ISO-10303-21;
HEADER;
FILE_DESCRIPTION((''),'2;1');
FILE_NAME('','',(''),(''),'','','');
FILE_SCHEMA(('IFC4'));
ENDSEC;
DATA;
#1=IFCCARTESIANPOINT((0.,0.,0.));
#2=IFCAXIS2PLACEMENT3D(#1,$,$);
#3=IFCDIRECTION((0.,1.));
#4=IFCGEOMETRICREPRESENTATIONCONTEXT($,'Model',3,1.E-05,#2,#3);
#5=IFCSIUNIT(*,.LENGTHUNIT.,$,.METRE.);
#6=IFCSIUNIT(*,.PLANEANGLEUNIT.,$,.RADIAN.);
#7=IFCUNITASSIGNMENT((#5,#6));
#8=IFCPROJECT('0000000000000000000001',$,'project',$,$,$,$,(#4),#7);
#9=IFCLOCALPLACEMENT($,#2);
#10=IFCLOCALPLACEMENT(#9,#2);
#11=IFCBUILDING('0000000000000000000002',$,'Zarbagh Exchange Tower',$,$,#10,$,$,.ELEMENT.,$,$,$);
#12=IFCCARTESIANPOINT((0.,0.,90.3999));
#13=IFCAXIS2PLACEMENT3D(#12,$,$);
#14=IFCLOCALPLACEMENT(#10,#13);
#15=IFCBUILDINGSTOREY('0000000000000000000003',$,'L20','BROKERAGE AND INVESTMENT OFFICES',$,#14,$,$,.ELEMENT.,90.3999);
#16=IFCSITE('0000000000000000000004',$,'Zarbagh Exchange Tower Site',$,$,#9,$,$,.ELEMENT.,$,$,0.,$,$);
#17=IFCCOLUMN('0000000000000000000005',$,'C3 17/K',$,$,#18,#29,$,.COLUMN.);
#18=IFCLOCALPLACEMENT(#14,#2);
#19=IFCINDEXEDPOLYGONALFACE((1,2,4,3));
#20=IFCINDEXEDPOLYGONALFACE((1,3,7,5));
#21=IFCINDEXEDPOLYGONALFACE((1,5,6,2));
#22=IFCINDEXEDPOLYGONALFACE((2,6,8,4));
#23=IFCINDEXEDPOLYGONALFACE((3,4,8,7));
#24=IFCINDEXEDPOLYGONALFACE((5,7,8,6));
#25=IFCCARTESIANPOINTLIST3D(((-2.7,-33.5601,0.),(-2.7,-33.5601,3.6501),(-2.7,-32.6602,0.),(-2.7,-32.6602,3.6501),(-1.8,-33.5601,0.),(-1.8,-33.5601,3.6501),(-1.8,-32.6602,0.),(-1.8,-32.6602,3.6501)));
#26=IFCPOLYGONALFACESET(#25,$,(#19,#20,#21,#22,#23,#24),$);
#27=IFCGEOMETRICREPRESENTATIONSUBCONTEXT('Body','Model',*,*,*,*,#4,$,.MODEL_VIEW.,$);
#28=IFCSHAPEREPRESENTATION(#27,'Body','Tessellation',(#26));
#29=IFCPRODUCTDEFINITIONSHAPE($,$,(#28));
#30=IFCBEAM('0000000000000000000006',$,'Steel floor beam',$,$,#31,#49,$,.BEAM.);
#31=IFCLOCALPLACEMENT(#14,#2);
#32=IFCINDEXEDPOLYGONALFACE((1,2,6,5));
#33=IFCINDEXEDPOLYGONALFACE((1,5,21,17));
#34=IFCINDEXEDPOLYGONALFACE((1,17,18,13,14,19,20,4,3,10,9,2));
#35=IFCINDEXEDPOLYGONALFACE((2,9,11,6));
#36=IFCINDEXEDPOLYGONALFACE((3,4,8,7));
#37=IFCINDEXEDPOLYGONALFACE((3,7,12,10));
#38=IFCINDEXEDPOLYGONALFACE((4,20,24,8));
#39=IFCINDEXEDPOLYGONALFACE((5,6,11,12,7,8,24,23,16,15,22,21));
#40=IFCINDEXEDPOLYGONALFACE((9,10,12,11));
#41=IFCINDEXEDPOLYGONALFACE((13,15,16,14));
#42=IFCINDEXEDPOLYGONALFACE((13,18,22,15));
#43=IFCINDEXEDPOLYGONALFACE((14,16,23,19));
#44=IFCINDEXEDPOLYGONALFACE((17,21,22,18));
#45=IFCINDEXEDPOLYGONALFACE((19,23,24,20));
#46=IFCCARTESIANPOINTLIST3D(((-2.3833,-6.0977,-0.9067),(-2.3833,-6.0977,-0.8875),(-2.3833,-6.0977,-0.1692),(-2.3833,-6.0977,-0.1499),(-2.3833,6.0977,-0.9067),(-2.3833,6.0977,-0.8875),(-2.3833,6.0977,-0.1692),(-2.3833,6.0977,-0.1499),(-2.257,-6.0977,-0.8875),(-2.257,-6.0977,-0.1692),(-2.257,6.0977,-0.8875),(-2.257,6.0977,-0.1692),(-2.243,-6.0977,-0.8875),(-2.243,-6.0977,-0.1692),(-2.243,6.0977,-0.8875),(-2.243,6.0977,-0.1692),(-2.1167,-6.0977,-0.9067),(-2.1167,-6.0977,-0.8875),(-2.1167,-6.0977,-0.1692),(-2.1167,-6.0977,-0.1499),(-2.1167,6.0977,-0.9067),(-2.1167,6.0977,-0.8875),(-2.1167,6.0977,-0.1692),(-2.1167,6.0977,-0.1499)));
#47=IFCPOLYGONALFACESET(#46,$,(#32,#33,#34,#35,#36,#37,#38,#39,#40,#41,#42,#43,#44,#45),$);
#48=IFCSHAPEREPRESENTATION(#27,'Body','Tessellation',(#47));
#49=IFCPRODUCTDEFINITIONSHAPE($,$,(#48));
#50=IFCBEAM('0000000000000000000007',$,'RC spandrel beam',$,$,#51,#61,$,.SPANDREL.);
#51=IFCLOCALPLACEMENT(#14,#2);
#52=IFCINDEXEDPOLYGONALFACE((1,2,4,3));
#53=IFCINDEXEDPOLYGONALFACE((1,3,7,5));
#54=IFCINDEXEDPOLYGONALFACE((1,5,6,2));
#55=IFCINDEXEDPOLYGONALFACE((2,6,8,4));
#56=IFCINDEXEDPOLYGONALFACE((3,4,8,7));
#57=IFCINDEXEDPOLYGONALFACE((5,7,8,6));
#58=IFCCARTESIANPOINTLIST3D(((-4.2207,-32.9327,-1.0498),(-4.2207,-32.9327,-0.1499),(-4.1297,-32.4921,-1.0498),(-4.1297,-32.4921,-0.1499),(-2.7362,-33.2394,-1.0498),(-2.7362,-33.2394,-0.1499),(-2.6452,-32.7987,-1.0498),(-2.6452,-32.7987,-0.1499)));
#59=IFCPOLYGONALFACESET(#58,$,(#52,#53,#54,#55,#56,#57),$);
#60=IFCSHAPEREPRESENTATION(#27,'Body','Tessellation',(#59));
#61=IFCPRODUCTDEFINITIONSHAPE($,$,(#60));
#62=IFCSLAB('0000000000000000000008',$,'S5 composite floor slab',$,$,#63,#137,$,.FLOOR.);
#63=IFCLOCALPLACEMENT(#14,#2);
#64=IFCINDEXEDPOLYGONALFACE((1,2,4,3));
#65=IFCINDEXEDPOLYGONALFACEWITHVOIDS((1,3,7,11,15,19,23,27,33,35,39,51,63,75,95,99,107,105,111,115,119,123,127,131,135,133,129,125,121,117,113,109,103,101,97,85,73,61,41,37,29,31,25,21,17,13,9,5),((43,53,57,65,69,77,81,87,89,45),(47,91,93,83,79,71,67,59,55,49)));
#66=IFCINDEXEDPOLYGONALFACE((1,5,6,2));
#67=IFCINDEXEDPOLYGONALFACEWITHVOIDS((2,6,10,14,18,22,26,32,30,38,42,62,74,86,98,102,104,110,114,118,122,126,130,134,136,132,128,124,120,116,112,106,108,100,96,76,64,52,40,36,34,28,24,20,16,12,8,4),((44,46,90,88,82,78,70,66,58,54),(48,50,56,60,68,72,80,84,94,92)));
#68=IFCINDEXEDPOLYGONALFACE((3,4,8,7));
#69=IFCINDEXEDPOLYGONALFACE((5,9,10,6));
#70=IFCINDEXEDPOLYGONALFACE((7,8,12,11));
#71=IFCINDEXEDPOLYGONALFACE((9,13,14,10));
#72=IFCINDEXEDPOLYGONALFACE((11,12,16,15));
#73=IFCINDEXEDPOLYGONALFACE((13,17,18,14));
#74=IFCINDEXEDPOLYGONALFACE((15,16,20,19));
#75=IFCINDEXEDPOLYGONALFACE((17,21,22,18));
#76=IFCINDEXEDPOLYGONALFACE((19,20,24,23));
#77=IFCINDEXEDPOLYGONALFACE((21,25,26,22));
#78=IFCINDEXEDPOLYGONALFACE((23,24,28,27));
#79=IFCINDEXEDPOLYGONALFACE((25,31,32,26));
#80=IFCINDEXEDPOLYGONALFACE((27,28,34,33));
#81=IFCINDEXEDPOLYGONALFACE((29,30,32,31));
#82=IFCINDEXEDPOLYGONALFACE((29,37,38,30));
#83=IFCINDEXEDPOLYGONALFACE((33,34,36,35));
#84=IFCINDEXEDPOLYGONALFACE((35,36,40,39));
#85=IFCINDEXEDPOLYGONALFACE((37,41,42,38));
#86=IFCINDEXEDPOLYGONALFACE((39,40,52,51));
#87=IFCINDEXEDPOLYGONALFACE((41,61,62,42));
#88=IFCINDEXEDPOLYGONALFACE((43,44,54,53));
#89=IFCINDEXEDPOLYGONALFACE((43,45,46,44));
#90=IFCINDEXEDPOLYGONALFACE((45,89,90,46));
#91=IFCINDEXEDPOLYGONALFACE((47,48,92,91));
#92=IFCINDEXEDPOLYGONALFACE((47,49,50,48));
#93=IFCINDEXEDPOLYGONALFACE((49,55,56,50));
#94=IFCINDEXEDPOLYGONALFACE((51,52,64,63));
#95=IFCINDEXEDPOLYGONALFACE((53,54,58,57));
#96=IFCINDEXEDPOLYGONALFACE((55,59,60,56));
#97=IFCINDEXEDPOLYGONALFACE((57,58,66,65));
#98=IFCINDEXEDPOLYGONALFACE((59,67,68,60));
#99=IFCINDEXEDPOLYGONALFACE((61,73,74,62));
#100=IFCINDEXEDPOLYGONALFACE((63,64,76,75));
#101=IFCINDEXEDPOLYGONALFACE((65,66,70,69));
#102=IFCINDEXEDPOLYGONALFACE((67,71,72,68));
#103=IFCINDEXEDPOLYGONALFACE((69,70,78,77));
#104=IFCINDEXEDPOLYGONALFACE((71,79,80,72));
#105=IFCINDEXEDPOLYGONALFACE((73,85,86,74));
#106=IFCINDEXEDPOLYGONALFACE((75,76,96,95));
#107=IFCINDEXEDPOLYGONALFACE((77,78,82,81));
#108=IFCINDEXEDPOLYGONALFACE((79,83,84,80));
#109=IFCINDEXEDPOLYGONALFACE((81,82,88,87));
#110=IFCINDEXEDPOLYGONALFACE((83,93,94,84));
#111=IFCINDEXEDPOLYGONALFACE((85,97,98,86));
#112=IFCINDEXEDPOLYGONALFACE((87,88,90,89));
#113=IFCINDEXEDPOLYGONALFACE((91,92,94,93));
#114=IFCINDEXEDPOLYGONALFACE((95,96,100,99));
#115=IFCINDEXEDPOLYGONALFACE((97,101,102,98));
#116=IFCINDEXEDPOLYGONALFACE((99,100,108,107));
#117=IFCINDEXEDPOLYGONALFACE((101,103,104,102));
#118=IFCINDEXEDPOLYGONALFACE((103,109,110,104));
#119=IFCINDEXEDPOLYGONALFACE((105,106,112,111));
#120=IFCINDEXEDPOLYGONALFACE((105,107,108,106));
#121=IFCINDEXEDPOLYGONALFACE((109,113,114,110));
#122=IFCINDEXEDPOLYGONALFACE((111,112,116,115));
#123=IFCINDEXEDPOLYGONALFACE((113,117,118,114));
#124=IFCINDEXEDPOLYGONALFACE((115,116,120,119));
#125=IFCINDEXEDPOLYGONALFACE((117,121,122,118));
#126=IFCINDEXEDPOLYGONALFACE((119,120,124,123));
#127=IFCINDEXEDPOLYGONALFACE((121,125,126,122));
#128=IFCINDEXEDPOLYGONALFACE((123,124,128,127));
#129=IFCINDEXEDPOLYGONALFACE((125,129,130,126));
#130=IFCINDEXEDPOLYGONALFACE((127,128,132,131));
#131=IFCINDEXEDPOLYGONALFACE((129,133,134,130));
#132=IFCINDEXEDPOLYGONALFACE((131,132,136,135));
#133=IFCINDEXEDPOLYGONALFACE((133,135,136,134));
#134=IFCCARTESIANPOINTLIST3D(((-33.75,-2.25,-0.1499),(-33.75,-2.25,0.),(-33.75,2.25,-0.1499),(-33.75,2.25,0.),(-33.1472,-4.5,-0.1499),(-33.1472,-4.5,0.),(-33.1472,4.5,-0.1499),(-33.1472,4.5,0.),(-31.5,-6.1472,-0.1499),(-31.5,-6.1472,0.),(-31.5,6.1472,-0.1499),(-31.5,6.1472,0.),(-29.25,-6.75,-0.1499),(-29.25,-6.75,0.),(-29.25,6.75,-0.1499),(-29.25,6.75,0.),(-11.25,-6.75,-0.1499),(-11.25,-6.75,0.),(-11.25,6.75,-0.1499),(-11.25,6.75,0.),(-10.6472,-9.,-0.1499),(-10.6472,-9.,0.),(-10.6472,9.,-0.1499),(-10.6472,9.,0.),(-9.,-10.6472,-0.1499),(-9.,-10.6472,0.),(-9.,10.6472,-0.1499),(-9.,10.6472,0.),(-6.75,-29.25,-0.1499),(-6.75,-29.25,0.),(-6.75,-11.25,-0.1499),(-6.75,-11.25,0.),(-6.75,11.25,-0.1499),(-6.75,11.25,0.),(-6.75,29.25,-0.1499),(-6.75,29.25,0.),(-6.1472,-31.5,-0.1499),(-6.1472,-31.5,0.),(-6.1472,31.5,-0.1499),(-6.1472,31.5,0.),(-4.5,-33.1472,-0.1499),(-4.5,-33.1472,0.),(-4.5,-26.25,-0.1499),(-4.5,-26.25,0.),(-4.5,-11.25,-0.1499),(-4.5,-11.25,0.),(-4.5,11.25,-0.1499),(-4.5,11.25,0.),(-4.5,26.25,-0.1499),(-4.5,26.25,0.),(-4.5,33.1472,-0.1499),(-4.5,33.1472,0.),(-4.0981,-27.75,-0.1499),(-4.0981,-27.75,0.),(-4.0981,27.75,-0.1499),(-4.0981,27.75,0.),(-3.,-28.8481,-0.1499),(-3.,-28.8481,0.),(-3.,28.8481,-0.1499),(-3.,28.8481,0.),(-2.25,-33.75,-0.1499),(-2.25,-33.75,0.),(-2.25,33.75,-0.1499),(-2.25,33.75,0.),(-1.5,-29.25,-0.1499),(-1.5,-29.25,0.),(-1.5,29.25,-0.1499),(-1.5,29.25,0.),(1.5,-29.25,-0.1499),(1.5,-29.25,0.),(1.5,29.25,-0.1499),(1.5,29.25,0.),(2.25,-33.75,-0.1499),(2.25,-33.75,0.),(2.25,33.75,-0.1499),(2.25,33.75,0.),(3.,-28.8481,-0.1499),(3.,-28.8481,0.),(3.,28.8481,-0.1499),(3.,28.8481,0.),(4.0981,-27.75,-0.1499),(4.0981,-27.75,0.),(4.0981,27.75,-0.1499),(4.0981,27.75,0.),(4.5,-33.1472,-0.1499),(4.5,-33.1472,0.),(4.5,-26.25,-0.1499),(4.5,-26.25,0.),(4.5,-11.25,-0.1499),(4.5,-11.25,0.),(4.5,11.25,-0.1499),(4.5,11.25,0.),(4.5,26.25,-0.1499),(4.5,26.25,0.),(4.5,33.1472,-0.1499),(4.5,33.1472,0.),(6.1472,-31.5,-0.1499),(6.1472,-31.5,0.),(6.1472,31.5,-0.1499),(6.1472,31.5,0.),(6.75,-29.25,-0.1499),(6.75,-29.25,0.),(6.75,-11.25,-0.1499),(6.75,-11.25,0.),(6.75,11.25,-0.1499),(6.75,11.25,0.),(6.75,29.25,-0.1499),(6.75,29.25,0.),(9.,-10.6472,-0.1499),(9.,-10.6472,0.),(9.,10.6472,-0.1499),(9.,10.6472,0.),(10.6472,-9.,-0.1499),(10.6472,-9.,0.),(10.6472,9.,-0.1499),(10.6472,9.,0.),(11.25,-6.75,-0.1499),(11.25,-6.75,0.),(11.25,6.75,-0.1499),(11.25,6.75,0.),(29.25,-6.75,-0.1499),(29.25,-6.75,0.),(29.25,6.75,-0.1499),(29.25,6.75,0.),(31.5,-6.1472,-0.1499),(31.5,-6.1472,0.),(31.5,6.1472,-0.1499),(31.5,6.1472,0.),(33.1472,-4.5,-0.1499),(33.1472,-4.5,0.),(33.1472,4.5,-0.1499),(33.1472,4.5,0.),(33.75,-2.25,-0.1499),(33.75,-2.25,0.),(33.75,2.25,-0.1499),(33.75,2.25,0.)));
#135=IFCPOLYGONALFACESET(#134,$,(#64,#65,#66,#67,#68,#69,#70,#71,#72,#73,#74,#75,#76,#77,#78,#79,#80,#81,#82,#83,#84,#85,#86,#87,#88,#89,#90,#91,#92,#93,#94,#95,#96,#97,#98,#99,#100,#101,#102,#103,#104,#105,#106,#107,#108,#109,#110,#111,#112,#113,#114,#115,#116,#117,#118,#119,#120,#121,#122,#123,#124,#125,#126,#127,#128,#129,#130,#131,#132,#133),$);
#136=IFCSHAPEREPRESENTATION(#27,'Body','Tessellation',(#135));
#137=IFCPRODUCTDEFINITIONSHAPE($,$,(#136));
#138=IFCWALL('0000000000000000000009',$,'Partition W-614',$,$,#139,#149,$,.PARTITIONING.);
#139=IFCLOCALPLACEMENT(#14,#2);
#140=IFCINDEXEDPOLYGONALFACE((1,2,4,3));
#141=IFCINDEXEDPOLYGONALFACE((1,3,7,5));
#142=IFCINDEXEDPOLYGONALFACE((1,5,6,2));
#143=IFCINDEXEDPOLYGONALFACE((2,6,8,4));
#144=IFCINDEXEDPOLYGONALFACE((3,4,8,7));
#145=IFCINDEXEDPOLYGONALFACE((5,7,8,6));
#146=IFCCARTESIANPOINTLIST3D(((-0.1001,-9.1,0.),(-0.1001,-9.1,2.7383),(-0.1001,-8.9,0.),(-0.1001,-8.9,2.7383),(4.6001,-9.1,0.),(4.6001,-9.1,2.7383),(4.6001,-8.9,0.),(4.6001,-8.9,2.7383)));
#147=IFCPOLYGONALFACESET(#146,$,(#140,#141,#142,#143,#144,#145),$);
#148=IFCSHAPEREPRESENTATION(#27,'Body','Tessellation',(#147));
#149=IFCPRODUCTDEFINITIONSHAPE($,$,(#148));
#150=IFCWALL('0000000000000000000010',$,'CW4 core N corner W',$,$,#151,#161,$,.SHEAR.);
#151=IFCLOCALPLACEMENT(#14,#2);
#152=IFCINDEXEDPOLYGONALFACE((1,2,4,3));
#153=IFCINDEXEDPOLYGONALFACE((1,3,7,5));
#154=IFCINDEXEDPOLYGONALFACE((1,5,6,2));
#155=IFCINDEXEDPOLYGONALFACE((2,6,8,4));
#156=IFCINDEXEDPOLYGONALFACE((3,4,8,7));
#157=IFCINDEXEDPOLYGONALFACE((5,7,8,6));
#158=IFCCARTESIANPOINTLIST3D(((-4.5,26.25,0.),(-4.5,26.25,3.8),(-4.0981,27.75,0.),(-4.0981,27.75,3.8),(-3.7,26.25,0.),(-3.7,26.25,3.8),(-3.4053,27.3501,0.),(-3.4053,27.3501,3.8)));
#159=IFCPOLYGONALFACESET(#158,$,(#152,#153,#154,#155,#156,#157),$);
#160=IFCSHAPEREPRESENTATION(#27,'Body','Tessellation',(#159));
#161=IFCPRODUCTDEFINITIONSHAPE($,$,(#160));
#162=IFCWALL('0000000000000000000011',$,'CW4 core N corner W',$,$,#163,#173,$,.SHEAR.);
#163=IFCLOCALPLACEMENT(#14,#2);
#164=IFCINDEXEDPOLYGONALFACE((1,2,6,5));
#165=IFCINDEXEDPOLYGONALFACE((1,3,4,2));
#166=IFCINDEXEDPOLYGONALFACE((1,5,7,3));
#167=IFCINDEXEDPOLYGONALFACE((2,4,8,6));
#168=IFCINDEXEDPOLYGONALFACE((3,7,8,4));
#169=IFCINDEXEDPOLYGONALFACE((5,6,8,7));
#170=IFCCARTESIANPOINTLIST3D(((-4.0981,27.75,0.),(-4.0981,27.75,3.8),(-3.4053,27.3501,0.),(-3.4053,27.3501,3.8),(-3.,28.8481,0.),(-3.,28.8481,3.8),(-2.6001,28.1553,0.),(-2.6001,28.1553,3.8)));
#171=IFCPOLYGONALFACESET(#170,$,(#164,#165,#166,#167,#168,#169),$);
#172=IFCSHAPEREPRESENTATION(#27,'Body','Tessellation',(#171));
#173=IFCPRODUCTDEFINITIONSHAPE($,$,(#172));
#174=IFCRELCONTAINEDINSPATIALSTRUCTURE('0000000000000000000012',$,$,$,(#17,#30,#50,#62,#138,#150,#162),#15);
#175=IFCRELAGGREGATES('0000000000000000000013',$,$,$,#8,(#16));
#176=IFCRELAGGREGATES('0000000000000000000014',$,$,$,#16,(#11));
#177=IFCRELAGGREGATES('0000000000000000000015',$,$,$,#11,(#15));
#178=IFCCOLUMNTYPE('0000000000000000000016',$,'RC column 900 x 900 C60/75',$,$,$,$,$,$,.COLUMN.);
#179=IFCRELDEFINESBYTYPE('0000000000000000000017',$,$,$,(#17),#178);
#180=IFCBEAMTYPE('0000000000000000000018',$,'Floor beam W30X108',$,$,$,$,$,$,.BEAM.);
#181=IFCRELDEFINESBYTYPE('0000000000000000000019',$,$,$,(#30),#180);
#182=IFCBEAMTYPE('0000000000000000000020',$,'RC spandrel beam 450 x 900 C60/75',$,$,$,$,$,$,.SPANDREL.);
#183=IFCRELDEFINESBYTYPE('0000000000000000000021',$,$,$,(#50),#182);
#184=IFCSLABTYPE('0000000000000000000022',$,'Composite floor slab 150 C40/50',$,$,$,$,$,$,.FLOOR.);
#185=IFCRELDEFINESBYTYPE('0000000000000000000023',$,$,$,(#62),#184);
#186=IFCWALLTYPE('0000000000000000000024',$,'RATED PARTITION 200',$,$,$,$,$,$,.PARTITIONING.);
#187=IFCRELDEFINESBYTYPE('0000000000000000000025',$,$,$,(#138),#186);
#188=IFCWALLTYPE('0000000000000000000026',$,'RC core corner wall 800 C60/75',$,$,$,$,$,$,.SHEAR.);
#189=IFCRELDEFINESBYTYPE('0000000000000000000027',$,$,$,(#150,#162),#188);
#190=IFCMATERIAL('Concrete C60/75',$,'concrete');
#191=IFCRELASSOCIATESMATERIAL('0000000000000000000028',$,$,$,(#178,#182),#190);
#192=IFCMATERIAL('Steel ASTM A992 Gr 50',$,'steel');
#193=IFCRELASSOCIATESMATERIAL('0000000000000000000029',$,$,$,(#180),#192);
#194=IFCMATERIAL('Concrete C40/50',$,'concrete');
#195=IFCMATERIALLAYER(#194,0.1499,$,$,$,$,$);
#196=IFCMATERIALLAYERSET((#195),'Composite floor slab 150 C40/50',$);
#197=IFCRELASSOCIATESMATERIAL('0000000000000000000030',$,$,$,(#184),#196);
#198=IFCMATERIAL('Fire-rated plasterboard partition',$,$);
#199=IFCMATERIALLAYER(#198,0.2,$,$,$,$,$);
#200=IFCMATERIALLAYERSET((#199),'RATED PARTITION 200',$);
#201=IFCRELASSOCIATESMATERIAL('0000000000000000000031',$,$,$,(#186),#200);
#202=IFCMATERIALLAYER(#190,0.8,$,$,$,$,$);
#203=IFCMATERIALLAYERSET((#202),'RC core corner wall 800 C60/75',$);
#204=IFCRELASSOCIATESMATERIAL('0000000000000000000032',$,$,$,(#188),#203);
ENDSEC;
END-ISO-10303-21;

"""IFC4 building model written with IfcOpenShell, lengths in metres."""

from ifc_helpers import new_model, si_unit, direction, frame, frame_2d, origin, origin_2d, place, context, subcontext, project, spatial, polyline, rectangle, i_section, outline, extrude, material, layer, layer_set, material_profile, profile_set, type_object, element, save


model = new_model("IFC4")

# Units and contexts
model_context = context("Model", 3, precision=1e-05, world=origin(), true_north=direction((0.0, 1.0)))
body_context = subcontext(model_context, "Body", "Model", "MODEL_VIEW")
ifc_project = project(units=[si_unit("LENGTHUNIT", "METRE"), si_unit("PLANEANGLEUNIT", "RADIAN")], contexts=[model_context])

# Site, building, storey
site_placement = place(None, origin())
site = spatial("IfcSite", under=ifc_project, at=site_placement, Name="Zarbagh Exchange Tower Site", CompositionType="ELEMENT", RefElevation=0.0)
building_placement = place(site_placement, origin())
building = spatial("IfcBuilding", under=site, at=building_placement, Name="Zarbagh Exchange Tower", CompositionType="ELEMENT")
storey_placement = place(building_placement, frame((0.0, 0.0, 90.3999)))
storey = spatial("IfcBuildingStorey", under=building, at=storey_placement, Name="L20", Description="BROKERAGE AND INVESTMENT OFFICES", CompositionType="ELEMENT", Elevation=90.3999)

# Column
ifc_material_1 = material(Name="Concrete C60/75", Category="concrete")
ifc_material_profile_1 = material_profile(ifc_material_1, rectangle(XDim=0.8999, YDim=0.8999, at=origin_2d()), Name="RC column 900 x 900 C60/75")
ifc_profile_set_1 = profile_set([ifc_material_profile_1], Name="Concrete C60/75")
column_type = type_object("IfcColumnType", Name="RC column 900 x 900 C60/75", PredefinedType="COLUMN", material=ifc_profile_set_1)
column_placement = place(storey_placement, frame((-2.25, -33.1101, 0.0), z_axis=(0.0, 0.0, 1.0), x_axis=(1.0, 0.0, 0.0)))
element("IfcColumn", 1, at=column_placement, inside=storey, type_object=column_type, Name="C3 17/K", PredefinedType="COLUMN", context=body_context, shape_type="SweptSolid", body=[
    extrude(rectangle(XDim=0.8999, YDim=0.8999, at=origin_2d()), origin(), (0.0, 0.0, 1.0), 3.6501),
])

# Beams
ifc_material_2 = material(Name="Steel ASTM A992 Gr 50", Category="steel")
ifc_material_profile_2 = material_profile(ifc_material_2, i_section(OverallWidth=0.2666, OverallDepth=0.7568, WebThickness=0.0139, FlangeThickness=0.0193, at=origin_2d()), Name="W30X108")
ifc_profile_set_2 = profile_set([ifc_material_profile_2], Name="Steel ASTM A992 Gr 50")
beam_type_1 = type_object("IfcBeamType", Name="Floor beam W30X108", PredefinedType="BEAM", material=ifc_profile_set_2)
beam_1_placement = place(storey_placement, frame((-2.25, -6.0977, -0.5283), z_axis=(0.0, 1.0, 0.0), x_axis=(-1.0, 0.0, 0.0)))
element("IfcBeam", 2, at=beam_1_placement, inside=storey, type_object=beam_type_1, Name="Steel floor beam", PredefinedType="BEAM", context=body_context, shape_type="SweptSolid", body=[
    extrude(i_section(OverallWidth=0.2666, OverallDepth=0.7568, WebThickness=0.0139, FlangeThickness=0.0193, at=origin_2d()), origin(), (0.0, 0.0, 1.0), 12.1953),
])
ifc_material_profile_3 = material_profile(ifc_material_1, rectangle(XDim=0.45, YDim=0.8999, at=origin_2d()), Name="RC spandrel beam 450 x 900 C60/75")
ifc_profile_set_3 = profile_set([ifc_material_profile_3], Name="Concrete C60/75")
beam_type_2 = type_object("IfcBeamType", Name="RC spandrel beam 450 x 900 C60/75", PredefinedType="SPANDREL", material=ifc_profile_set_3)
beam_2_placement = place(storey_placement, frame((-2.6907, -33.019, -0.5999), z_axis=(-0.979329, 0.202275, 0.0), x_axis=(-0.202275, -0.979329, 0.0)))
element("IfcBeam", 3, at=beam_2_placement, inside=storey, type_object=beam_type_2, Name="RC spandrel beam", PredefinedType="SPANDREL", context=body_context, shape_type="SweptSolid", body=[
    extrude(rectangle(XDim=0.45, YDim=0.8999, at=origin_2d()), origin(), (0.0, 0.0, 1.0), 1.5159),
])

# Slab
ifc_material_3 = material(Name="Concrete C40/50", Category="concrete")
ifc_layer_1 = layer(ifc_material_3, 0.1499)
ifc_layer_set_1 = layer_set([ifc_layer_1], Name="Composite floor slab 150 C40/50")
slab_type = type_object("IfcSlabType", Name="Composite floor slab 150 C40/50", PredefinedType="FLOOR", material=ifc_layer_set_1)
slab_placement = place(storey_placement, frame((0.0, 0.0, -0.1499)))
element("IfcSlab", 4, at=slab_placement, inside=storey, type_object=slab_type, Name="S5 composite floor slab", PredefinedType="FLOOR", context=body_context, shape_type="SweptSolid", body=[
    extrude(outline(polyline([(-2.25, -33.75), (-4.5, -33.1472), (-6.1472, -31.5), (-6.75, -29.25), (-6.75, -11.25), (-9.0, -10.6472), (-10.6472, -9.0), (-11.25, -6.75), (-29.25, -6.75), (-31.5, -6.1472), (-33.1472, -4.5), (-33.75, -2.25), (-33.75, 2.25), (-33.1472, 4.5), (-31.5, 6.1472), (-29.25, 6.75), (-11.25, 6.75), (-10.6472, 9.0), (-9.0, 10.6472), (-6.75, 11.25), (-6.75, 29.25), (-6.1472, 31.5), (-4.5, 33.1472), (-2.25, 33.75), (2.25, 33.75), (4.5, 33.1472), (6.1472, 31.5), (6.75, 29.25), (6.75, 11.25), (9.0, 10.6472), (10.6472, 9.0), (11.25, 6.75), (29.25, 6.75), (31.5, 6.1472), (33.1472, 4.5), (33.75, 2.25), (33.75, -2.25), (33.1472, -4.5), (31.5, -6.1472), (29.25, -6.75), (11.25, -6.75), (10.6472, -9.0), (9.0, -10.6472), (6.75, -11.25), (6.75, -29.25), (6.1472, -31.5), (4.5, -33.1472), (2.25, -33.75), (-2.25, -33.75)]), holes=[polyline([(4.5, 11.25), (4.5, 26.25), (4.0981, 27.75), (3.0, 28.8481), (1.5, 29.25), (-1.5, 29.25), (-3.0, 28.8481), (-4.0981, 27.75), (-4.5, 26.25), (-4.5, 11.25), (4.5, 11.25)]), polyline([(-1.5, -29.25), (1.5, -29.25), (3.0, -28.8481), (4.0981, -27.75), (4.5, -26.25), (4.5, -11.25), (-4.5, -11.25), (-4.5, -26.25), (-4.0981, -27.75), (-3.0, -28.8481), (-1.5, -29.25)])]), origin(), (0.0, 0.0, 1.0), 0.1499),
])

# Walls
ifc_material_4 = material(Name="Fire-rated plasterboard partition")
ifc_layer_2 = layer(ifc_material_4, 0.2)
ifc_layer_set_2 = layer_set([ifc_layer_2], Name="RATED PARTITION 200")
wall_type_1 = type_object("IfcWallType", Name="RATED PARTITION 200", PredefinedType="PARTITIONING", material=ifc_layer_set_2)
wall_1_placement = place(storey_placement, frame((-0.1001, -9.0, 0.0), z_axis=(0.0, 0.0, 1.0), x_axis=(1.0, 0.0, 0.0)))
element("IfcWall", 5, at=wall_1_placement, inside=storey, type_object=wall_type_1, Name="Partition W-614", PredefinedType="PARTITIONING", context=body_context, shape_type="SweptSolid", body=[
    extrude(rectangle(XDim=4.7002, YDim=0.2, at=frame_2d((2.3501, 0.0))), origin(), (0.0, 0.0, 1.0), 2.7383),
])
ifc_layer_3 = layer(ifc_material_1, 0.8)
ifc_layer_set_3 = layer_set([ifc_layer_3], Name="RC core corner wall 800 C60/75")
wall_type_2 = type_object("IfcWallType", Name="RC core corner wall 800 C60/75", PredefinedType="SHEAR", material=ifc_layer_set_3)
wall_2_placement = place(storey_placement, origin())
element("IfcWall", 6, at=wall_2_placement, inside=storey, type_object=wall_type_2, Name="CW4 core N corner W", PredefinedType="SHEAR", context=body_context, shape_type="SweptSolid", body=[
    extrude(outline(polyline([(-4.5, 26.25), (-4.0981, 27.75), (-3.4053, 27.3501), (-3.7, 26.25), (-4.5, 26.25)])), origin(), (0.0, 0.0, 1.0), 3.8),
])
wall_3_placement = place(storey_placement, origin())
element("IfcWall", 7, at=wall_3_placement, inside=storey, type_object=wall_type_2, Name="CW4 core N corner W", PredefinedType="SHEAR", context=body_context, shape_type="SweptSolid", body=[
    extrude(outline(polyline([(-4.0981, 27.75), (-3.0, 28.8481), (-2.6001, 28.1553), (-3.4053, 27.3501), (-4.0981, 27.75)])), origin(), (0.0, 0.0, 1.0), 3.8),
])

save(model, "model.ifc")
